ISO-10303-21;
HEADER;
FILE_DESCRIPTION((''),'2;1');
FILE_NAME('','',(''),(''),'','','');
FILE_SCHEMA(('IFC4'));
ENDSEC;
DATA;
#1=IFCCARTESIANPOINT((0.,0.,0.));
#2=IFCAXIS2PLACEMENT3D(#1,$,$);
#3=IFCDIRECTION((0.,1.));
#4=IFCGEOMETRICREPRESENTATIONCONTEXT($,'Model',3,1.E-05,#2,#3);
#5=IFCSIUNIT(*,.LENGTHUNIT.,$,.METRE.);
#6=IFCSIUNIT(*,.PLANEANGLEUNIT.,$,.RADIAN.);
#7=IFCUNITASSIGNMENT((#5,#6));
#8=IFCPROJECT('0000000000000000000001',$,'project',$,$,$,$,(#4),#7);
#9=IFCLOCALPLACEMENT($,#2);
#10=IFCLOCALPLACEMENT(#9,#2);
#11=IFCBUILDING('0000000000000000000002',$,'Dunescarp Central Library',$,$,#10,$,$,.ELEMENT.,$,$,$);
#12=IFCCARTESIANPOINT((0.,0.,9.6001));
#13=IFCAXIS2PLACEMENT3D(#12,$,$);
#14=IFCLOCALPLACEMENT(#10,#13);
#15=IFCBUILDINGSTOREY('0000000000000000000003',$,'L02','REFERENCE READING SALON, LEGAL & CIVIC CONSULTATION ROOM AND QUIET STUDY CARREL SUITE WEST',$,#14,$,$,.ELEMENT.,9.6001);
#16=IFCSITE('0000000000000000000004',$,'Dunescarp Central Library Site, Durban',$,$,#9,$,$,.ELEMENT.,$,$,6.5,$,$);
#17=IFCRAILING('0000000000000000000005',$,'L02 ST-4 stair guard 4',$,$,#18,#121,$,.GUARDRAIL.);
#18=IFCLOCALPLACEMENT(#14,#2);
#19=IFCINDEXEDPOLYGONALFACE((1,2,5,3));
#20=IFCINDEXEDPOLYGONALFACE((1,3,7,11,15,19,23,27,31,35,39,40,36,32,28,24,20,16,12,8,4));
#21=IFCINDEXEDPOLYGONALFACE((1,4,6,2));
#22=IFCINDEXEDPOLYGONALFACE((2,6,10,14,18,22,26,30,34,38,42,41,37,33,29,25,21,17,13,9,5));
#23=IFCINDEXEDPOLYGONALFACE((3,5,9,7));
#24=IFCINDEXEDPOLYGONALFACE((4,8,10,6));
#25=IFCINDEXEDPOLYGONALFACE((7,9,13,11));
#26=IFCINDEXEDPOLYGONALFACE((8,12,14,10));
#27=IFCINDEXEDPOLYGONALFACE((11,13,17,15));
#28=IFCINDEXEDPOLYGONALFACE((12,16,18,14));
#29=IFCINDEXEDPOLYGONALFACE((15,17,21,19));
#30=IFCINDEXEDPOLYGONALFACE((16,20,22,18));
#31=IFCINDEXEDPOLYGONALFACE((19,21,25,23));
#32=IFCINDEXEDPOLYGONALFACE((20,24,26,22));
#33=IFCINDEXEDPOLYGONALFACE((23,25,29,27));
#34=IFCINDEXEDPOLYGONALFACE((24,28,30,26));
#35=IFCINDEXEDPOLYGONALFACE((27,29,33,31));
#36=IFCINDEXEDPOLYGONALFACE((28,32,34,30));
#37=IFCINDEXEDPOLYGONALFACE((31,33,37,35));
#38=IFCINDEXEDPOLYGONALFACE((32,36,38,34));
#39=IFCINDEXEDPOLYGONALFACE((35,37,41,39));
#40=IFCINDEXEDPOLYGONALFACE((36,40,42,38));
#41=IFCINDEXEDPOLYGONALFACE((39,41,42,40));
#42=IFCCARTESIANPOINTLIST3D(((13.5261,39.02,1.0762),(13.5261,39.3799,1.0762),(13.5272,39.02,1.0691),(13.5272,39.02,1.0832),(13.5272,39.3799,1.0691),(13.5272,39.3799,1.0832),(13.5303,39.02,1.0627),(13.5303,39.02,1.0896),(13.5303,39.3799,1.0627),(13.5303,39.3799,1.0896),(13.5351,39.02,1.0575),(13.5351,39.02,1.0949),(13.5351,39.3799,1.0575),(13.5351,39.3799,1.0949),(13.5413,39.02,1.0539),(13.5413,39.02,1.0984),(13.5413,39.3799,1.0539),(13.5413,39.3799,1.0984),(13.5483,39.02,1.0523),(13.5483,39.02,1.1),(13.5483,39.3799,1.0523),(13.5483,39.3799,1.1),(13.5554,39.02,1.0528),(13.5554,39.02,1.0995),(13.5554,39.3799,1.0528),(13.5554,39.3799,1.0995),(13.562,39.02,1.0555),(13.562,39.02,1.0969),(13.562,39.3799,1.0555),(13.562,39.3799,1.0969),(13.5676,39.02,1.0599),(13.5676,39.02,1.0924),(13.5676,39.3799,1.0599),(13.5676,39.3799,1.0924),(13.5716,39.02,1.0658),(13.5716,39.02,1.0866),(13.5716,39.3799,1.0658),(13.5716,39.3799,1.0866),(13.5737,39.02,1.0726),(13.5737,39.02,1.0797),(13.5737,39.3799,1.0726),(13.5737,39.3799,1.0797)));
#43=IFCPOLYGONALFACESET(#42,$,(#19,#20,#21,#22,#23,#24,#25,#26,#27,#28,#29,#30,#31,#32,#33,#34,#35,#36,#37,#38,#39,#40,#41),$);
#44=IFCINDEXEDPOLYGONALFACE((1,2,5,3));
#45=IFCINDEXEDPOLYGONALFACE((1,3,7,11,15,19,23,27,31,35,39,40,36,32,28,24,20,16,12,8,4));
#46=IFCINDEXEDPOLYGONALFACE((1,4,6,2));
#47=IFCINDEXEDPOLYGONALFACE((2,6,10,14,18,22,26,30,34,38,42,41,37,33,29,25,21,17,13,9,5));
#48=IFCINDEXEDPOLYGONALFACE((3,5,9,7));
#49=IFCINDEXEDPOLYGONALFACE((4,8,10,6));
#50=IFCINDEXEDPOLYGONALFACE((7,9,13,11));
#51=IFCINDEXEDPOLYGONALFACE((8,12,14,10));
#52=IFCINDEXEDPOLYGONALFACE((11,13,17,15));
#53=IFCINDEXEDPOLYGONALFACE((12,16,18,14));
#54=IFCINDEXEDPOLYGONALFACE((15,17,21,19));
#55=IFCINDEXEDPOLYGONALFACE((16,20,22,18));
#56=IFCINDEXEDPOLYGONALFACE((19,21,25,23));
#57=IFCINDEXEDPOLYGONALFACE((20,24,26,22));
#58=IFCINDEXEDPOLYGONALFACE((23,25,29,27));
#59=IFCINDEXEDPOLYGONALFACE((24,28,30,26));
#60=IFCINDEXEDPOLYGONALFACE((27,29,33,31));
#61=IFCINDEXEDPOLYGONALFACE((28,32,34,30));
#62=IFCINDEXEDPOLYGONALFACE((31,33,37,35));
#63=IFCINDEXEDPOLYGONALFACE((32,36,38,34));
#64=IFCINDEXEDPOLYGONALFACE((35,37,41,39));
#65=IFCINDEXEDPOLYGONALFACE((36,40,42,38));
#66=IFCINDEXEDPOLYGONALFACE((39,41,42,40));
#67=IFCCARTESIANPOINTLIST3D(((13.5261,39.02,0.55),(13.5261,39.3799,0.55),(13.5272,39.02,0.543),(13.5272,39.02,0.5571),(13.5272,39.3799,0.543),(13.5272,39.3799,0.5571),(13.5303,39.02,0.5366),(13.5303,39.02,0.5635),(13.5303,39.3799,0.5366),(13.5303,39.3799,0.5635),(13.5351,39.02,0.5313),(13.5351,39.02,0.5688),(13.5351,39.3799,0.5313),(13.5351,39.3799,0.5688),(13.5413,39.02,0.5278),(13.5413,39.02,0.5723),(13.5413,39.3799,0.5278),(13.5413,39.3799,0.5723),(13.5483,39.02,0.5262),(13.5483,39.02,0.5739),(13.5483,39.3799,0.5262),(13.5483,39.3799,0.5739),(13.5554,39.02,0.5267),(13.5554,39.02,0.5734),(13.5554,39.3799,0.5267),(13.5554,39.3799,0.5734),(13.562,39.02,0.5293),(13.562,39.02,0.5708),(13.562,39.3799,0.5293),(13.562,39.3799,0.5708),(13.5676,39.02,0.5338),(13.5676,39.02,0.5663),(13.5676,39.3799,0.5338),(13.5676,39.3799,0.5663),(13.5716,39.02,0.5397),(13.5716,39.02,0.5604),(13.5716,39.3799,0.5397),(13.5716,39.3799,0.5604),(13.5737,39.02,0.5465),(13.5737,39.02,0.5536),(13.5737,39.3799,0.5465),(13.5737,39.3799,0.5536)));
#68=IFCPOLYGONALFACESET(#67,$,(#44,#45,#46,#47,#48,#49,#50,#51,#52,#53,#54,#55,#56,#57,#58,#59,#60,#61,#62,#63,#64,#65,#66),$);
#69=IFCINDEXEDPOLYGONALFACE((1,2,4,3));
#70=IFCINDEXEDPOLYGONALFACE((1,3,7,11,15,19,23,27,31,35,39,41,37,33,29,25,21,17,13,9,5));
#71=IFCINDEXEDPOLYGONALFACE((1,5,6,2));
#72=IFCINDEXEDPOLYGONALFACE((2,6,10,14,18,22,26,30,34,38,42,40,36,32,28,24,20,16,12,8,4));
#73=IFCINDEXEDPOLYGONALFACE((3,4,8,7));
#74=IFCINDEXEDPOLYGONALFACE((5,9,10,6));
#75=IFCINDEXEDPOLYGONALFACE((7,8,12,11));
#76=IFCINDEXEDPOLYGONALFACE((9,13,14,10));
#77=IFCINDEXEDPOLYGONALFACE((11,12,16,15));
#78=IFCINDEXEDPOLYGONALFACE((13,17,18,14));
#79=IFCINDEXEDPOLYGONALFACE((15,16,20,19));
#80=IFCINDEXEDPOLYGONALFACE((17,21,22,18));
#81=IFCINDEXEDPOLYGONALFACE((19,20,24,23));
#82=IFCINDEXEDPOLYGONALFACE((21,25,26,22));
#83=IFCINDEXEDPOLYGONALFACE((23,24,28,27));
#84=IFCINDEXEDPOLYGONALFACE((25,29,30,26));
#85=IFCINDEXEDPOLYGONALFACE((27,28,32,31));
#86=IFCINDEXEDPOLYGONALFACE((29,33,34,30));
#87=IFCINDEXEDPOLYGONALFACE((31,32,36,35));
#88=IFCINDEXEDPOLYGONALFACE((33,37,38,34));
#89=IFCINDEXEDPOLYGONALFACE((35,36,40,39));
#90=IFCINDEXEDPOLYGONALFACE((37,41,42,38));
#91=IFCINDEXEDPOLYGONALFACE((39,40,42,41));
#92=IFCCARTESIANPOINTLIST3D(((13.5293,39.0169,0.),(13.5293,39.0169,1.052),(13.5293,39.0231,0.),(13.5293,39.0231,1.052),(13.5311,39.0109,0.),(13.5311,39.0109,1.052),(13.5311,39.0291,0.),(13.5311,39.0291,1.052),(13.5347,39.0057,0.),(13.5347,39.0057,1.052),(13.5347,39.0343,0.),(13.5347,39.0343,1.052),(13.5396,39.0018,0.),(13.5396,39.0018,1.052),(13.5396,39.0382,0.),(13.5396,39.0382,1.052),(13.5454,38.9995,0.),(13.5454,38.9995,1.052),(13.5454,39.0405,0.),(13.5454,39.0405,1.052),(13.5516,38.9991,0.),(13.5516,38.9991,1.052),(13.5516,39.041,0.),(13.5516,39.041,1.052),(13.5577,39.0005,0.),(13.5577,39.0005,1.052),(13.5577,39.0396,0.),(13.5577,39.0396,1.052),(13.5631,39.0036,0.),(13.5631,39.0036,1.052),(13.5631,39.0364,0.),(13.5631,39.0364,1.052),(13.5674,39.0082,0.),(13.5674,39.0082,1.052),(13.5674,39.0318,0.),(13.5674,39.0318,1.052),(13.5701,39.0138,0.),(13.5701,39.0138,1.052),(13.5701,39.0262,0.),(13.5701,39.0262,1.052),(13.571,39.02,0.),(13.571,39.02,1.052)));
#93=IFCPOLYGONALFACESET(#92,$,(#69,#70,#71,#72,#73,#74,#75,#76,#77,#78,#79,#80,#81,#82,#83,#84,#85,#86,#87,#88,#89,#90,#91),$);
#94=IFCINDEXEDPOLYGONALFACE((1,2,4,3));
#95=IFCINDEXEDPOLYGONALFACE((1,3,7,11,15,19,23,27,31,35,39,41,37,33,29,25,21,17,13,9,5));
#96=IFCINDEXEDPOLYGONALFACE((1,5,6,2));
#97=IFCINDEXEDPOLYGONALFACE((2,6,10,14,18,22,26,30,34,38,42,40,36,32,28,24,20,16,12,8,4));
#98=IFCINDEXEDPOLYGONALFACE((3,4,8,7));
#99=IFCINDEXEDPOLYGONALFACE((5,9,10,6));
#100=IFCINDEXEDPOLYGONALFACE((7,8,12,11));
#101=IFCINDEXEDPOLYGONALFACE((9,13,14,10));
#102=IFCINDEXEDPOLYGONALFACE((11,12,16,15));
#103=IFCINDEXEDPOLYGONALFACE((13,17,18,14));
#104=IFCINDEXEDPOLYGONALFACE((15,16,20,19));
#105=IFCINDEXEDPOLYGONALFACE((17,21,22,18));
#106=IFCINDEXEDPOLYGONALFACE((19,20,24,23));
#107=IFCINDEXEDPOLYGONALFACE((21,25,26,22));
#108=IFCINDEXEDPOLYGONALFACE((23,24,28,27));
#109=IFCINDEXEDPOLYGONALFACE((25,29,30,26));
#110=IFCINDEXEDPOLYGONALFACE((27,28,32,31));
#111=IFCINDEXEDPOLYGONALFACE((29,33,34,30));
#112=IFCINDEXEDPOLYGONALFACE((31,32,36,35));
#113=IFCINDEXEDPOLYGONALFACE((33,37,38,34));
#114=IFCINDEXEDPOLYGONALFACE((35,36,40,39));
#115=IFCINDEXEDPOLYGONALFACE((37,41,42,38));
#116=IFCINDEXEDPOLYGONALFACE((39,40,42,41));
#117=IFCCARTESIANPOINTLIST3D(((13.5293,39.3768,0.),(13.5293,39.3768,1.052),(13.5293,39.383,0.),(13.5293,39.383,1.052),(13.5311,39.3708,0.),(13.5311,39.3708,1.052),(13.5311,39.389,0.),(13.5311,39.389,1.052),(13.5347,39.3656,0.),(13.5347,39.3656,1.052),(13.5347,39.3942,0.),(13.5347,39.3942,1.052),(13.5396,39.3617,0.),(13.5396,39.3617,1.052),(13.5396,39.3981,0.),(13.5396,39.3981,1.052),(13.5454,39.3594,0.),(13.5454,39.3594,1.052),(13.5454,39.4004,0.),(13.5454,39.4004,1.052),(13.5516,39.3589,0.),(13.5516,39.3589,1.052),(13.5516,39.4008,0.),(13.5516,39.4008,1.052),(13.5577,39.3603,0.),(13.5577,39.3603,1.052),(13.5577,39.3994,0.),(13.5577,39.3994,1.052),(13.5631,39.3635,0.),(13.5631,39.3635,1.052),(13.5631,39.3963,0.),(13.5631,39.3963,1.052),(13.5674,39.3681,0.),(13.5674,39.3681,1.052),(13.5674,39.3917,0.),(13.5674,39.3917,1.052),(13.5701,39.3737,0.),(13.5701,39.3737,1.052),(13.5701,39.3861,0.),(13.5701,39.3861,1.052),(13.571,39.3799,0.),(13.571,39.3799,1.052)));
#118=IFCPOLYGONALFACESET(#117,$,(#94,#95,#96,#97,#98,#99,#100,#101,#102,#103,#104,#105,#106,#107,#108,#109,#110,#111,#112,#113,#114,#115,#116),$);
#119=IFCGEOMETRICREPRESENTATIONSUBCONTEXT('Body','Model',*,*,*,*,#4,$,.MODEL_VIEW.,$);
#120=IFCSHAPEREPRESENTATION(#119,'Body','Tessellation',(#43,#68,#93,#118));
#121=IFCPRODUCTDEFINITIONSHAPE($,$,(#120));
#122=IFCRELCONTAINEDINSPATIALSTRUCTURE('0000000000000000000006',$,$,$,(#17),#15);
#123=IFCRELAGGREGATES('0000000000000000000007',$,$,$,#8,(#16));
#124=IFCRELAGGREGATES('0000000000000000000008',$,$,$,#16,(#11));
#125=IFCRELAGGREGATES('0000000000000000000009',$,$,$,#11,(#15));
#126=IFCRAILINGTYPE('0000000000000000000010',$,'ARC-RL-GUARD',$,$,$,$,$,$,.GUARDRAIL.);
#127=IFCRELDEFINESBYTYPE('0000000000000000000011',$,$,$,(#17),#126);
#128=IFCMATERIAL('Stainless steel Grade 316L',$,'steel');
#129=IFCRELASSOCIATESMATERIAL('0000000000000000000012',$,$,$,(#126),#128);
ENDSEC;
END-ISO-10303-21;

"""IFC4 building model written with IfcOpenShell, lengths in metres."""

from ifc_helpers import new_model, si_unit, direction, frame, origin, origin_2d, place, context, subcontext, project, spatial, circle, extrude, material, type_object, element, save


model = new_model("IFC4")

# Units and contexts
model_context = context("Model", 3, precision=1e-05, world=origin(), true_north=direction((0.0, 1.0)))
body_context = subcontext(model_context, "Body", "Model", "MODEL_VIEW")
ifc_project = project(units=[si_unit("LENGTHUNIT", "METRE"), si_unit("PLANEANGLEUNIT", "RADIAN")], contexts=[model_context])

# Site, building, storey
site_placement = place(None, origin())
site = spatial("IfcSite", under=ifc_project, at=site_placement, Name="Dunescarp Central Library Site, Durban", CompositionType="ELEMENT", RefElevation=6.5)
building_placement = place(site_placement, origin())
building = spatial("IfcBuilding", under=site, at=building_placement, Name="Dunescarp Central Library", CompositionType="ELEMENT")
storey_placement = place(building_placement, frame((0.0, 0.0, 9.6001)))
storey = spatial("IfcBuildingStorey", under=building, at=storey_placement, Name="L02", Description="REFERENCE READING SALON, LEGAL & CIVIC CONSULTATION ROOM AND QUIET STUDY CARREL SUITE WEST", CompositionType="ELEMENT", Elevation=9.6001)

# Railing
ifc_material_1 = material(Name="Stainless steel Grade 316L", Category="steel")
railing_type_1 = type_object("IfcRailingType", Name="ARC-RL-GUARD", PredefinedType="GUARDRAIL", material=ifc_material_1)
railing_1_placement = place(storey_placement, frame((13.55, 39.02, 0.0)))
element("IfcRailing", 1, at=railing_1_placement, inside=storey, type_object=railing_type_1, Name="L02 ST-4 stair guard 4", PredefinedType="GUARDRAIL", context=body_context, shape_type="SweptSolid", body=[
    extrude(circle(Radius=0.0239, at=origin_2d()), frame((0.0, 0.0, 1.0762), z_axis=(0.0, 1.0, 0.0), x_axis=(-1.0, 0.0, 0.0)), (0.0, 0.0, 1.0), 0.3599),
    extrude(circle(Radius=0.0239, at=origin_2d()), frame((0.0, 0.0, 0.55), z_axis=(0.0, 1.0, 0.0), x_axis=(-1.0, 0.0, 0.0)), (0.0, 0.0, 1.0), 0.3599),
    extrude(circle(Radius=0.021, at=origin_2d()), origin(), (0.0, 0.0, 1.0), 1.052),
    extrude(circle(Radius=0.021, at=origin_2d()), frame((0.0, 0.3599, 0.0)), (0.0, 0.0, 1.0), 1.052),
])

save(model, "model.ifc")
